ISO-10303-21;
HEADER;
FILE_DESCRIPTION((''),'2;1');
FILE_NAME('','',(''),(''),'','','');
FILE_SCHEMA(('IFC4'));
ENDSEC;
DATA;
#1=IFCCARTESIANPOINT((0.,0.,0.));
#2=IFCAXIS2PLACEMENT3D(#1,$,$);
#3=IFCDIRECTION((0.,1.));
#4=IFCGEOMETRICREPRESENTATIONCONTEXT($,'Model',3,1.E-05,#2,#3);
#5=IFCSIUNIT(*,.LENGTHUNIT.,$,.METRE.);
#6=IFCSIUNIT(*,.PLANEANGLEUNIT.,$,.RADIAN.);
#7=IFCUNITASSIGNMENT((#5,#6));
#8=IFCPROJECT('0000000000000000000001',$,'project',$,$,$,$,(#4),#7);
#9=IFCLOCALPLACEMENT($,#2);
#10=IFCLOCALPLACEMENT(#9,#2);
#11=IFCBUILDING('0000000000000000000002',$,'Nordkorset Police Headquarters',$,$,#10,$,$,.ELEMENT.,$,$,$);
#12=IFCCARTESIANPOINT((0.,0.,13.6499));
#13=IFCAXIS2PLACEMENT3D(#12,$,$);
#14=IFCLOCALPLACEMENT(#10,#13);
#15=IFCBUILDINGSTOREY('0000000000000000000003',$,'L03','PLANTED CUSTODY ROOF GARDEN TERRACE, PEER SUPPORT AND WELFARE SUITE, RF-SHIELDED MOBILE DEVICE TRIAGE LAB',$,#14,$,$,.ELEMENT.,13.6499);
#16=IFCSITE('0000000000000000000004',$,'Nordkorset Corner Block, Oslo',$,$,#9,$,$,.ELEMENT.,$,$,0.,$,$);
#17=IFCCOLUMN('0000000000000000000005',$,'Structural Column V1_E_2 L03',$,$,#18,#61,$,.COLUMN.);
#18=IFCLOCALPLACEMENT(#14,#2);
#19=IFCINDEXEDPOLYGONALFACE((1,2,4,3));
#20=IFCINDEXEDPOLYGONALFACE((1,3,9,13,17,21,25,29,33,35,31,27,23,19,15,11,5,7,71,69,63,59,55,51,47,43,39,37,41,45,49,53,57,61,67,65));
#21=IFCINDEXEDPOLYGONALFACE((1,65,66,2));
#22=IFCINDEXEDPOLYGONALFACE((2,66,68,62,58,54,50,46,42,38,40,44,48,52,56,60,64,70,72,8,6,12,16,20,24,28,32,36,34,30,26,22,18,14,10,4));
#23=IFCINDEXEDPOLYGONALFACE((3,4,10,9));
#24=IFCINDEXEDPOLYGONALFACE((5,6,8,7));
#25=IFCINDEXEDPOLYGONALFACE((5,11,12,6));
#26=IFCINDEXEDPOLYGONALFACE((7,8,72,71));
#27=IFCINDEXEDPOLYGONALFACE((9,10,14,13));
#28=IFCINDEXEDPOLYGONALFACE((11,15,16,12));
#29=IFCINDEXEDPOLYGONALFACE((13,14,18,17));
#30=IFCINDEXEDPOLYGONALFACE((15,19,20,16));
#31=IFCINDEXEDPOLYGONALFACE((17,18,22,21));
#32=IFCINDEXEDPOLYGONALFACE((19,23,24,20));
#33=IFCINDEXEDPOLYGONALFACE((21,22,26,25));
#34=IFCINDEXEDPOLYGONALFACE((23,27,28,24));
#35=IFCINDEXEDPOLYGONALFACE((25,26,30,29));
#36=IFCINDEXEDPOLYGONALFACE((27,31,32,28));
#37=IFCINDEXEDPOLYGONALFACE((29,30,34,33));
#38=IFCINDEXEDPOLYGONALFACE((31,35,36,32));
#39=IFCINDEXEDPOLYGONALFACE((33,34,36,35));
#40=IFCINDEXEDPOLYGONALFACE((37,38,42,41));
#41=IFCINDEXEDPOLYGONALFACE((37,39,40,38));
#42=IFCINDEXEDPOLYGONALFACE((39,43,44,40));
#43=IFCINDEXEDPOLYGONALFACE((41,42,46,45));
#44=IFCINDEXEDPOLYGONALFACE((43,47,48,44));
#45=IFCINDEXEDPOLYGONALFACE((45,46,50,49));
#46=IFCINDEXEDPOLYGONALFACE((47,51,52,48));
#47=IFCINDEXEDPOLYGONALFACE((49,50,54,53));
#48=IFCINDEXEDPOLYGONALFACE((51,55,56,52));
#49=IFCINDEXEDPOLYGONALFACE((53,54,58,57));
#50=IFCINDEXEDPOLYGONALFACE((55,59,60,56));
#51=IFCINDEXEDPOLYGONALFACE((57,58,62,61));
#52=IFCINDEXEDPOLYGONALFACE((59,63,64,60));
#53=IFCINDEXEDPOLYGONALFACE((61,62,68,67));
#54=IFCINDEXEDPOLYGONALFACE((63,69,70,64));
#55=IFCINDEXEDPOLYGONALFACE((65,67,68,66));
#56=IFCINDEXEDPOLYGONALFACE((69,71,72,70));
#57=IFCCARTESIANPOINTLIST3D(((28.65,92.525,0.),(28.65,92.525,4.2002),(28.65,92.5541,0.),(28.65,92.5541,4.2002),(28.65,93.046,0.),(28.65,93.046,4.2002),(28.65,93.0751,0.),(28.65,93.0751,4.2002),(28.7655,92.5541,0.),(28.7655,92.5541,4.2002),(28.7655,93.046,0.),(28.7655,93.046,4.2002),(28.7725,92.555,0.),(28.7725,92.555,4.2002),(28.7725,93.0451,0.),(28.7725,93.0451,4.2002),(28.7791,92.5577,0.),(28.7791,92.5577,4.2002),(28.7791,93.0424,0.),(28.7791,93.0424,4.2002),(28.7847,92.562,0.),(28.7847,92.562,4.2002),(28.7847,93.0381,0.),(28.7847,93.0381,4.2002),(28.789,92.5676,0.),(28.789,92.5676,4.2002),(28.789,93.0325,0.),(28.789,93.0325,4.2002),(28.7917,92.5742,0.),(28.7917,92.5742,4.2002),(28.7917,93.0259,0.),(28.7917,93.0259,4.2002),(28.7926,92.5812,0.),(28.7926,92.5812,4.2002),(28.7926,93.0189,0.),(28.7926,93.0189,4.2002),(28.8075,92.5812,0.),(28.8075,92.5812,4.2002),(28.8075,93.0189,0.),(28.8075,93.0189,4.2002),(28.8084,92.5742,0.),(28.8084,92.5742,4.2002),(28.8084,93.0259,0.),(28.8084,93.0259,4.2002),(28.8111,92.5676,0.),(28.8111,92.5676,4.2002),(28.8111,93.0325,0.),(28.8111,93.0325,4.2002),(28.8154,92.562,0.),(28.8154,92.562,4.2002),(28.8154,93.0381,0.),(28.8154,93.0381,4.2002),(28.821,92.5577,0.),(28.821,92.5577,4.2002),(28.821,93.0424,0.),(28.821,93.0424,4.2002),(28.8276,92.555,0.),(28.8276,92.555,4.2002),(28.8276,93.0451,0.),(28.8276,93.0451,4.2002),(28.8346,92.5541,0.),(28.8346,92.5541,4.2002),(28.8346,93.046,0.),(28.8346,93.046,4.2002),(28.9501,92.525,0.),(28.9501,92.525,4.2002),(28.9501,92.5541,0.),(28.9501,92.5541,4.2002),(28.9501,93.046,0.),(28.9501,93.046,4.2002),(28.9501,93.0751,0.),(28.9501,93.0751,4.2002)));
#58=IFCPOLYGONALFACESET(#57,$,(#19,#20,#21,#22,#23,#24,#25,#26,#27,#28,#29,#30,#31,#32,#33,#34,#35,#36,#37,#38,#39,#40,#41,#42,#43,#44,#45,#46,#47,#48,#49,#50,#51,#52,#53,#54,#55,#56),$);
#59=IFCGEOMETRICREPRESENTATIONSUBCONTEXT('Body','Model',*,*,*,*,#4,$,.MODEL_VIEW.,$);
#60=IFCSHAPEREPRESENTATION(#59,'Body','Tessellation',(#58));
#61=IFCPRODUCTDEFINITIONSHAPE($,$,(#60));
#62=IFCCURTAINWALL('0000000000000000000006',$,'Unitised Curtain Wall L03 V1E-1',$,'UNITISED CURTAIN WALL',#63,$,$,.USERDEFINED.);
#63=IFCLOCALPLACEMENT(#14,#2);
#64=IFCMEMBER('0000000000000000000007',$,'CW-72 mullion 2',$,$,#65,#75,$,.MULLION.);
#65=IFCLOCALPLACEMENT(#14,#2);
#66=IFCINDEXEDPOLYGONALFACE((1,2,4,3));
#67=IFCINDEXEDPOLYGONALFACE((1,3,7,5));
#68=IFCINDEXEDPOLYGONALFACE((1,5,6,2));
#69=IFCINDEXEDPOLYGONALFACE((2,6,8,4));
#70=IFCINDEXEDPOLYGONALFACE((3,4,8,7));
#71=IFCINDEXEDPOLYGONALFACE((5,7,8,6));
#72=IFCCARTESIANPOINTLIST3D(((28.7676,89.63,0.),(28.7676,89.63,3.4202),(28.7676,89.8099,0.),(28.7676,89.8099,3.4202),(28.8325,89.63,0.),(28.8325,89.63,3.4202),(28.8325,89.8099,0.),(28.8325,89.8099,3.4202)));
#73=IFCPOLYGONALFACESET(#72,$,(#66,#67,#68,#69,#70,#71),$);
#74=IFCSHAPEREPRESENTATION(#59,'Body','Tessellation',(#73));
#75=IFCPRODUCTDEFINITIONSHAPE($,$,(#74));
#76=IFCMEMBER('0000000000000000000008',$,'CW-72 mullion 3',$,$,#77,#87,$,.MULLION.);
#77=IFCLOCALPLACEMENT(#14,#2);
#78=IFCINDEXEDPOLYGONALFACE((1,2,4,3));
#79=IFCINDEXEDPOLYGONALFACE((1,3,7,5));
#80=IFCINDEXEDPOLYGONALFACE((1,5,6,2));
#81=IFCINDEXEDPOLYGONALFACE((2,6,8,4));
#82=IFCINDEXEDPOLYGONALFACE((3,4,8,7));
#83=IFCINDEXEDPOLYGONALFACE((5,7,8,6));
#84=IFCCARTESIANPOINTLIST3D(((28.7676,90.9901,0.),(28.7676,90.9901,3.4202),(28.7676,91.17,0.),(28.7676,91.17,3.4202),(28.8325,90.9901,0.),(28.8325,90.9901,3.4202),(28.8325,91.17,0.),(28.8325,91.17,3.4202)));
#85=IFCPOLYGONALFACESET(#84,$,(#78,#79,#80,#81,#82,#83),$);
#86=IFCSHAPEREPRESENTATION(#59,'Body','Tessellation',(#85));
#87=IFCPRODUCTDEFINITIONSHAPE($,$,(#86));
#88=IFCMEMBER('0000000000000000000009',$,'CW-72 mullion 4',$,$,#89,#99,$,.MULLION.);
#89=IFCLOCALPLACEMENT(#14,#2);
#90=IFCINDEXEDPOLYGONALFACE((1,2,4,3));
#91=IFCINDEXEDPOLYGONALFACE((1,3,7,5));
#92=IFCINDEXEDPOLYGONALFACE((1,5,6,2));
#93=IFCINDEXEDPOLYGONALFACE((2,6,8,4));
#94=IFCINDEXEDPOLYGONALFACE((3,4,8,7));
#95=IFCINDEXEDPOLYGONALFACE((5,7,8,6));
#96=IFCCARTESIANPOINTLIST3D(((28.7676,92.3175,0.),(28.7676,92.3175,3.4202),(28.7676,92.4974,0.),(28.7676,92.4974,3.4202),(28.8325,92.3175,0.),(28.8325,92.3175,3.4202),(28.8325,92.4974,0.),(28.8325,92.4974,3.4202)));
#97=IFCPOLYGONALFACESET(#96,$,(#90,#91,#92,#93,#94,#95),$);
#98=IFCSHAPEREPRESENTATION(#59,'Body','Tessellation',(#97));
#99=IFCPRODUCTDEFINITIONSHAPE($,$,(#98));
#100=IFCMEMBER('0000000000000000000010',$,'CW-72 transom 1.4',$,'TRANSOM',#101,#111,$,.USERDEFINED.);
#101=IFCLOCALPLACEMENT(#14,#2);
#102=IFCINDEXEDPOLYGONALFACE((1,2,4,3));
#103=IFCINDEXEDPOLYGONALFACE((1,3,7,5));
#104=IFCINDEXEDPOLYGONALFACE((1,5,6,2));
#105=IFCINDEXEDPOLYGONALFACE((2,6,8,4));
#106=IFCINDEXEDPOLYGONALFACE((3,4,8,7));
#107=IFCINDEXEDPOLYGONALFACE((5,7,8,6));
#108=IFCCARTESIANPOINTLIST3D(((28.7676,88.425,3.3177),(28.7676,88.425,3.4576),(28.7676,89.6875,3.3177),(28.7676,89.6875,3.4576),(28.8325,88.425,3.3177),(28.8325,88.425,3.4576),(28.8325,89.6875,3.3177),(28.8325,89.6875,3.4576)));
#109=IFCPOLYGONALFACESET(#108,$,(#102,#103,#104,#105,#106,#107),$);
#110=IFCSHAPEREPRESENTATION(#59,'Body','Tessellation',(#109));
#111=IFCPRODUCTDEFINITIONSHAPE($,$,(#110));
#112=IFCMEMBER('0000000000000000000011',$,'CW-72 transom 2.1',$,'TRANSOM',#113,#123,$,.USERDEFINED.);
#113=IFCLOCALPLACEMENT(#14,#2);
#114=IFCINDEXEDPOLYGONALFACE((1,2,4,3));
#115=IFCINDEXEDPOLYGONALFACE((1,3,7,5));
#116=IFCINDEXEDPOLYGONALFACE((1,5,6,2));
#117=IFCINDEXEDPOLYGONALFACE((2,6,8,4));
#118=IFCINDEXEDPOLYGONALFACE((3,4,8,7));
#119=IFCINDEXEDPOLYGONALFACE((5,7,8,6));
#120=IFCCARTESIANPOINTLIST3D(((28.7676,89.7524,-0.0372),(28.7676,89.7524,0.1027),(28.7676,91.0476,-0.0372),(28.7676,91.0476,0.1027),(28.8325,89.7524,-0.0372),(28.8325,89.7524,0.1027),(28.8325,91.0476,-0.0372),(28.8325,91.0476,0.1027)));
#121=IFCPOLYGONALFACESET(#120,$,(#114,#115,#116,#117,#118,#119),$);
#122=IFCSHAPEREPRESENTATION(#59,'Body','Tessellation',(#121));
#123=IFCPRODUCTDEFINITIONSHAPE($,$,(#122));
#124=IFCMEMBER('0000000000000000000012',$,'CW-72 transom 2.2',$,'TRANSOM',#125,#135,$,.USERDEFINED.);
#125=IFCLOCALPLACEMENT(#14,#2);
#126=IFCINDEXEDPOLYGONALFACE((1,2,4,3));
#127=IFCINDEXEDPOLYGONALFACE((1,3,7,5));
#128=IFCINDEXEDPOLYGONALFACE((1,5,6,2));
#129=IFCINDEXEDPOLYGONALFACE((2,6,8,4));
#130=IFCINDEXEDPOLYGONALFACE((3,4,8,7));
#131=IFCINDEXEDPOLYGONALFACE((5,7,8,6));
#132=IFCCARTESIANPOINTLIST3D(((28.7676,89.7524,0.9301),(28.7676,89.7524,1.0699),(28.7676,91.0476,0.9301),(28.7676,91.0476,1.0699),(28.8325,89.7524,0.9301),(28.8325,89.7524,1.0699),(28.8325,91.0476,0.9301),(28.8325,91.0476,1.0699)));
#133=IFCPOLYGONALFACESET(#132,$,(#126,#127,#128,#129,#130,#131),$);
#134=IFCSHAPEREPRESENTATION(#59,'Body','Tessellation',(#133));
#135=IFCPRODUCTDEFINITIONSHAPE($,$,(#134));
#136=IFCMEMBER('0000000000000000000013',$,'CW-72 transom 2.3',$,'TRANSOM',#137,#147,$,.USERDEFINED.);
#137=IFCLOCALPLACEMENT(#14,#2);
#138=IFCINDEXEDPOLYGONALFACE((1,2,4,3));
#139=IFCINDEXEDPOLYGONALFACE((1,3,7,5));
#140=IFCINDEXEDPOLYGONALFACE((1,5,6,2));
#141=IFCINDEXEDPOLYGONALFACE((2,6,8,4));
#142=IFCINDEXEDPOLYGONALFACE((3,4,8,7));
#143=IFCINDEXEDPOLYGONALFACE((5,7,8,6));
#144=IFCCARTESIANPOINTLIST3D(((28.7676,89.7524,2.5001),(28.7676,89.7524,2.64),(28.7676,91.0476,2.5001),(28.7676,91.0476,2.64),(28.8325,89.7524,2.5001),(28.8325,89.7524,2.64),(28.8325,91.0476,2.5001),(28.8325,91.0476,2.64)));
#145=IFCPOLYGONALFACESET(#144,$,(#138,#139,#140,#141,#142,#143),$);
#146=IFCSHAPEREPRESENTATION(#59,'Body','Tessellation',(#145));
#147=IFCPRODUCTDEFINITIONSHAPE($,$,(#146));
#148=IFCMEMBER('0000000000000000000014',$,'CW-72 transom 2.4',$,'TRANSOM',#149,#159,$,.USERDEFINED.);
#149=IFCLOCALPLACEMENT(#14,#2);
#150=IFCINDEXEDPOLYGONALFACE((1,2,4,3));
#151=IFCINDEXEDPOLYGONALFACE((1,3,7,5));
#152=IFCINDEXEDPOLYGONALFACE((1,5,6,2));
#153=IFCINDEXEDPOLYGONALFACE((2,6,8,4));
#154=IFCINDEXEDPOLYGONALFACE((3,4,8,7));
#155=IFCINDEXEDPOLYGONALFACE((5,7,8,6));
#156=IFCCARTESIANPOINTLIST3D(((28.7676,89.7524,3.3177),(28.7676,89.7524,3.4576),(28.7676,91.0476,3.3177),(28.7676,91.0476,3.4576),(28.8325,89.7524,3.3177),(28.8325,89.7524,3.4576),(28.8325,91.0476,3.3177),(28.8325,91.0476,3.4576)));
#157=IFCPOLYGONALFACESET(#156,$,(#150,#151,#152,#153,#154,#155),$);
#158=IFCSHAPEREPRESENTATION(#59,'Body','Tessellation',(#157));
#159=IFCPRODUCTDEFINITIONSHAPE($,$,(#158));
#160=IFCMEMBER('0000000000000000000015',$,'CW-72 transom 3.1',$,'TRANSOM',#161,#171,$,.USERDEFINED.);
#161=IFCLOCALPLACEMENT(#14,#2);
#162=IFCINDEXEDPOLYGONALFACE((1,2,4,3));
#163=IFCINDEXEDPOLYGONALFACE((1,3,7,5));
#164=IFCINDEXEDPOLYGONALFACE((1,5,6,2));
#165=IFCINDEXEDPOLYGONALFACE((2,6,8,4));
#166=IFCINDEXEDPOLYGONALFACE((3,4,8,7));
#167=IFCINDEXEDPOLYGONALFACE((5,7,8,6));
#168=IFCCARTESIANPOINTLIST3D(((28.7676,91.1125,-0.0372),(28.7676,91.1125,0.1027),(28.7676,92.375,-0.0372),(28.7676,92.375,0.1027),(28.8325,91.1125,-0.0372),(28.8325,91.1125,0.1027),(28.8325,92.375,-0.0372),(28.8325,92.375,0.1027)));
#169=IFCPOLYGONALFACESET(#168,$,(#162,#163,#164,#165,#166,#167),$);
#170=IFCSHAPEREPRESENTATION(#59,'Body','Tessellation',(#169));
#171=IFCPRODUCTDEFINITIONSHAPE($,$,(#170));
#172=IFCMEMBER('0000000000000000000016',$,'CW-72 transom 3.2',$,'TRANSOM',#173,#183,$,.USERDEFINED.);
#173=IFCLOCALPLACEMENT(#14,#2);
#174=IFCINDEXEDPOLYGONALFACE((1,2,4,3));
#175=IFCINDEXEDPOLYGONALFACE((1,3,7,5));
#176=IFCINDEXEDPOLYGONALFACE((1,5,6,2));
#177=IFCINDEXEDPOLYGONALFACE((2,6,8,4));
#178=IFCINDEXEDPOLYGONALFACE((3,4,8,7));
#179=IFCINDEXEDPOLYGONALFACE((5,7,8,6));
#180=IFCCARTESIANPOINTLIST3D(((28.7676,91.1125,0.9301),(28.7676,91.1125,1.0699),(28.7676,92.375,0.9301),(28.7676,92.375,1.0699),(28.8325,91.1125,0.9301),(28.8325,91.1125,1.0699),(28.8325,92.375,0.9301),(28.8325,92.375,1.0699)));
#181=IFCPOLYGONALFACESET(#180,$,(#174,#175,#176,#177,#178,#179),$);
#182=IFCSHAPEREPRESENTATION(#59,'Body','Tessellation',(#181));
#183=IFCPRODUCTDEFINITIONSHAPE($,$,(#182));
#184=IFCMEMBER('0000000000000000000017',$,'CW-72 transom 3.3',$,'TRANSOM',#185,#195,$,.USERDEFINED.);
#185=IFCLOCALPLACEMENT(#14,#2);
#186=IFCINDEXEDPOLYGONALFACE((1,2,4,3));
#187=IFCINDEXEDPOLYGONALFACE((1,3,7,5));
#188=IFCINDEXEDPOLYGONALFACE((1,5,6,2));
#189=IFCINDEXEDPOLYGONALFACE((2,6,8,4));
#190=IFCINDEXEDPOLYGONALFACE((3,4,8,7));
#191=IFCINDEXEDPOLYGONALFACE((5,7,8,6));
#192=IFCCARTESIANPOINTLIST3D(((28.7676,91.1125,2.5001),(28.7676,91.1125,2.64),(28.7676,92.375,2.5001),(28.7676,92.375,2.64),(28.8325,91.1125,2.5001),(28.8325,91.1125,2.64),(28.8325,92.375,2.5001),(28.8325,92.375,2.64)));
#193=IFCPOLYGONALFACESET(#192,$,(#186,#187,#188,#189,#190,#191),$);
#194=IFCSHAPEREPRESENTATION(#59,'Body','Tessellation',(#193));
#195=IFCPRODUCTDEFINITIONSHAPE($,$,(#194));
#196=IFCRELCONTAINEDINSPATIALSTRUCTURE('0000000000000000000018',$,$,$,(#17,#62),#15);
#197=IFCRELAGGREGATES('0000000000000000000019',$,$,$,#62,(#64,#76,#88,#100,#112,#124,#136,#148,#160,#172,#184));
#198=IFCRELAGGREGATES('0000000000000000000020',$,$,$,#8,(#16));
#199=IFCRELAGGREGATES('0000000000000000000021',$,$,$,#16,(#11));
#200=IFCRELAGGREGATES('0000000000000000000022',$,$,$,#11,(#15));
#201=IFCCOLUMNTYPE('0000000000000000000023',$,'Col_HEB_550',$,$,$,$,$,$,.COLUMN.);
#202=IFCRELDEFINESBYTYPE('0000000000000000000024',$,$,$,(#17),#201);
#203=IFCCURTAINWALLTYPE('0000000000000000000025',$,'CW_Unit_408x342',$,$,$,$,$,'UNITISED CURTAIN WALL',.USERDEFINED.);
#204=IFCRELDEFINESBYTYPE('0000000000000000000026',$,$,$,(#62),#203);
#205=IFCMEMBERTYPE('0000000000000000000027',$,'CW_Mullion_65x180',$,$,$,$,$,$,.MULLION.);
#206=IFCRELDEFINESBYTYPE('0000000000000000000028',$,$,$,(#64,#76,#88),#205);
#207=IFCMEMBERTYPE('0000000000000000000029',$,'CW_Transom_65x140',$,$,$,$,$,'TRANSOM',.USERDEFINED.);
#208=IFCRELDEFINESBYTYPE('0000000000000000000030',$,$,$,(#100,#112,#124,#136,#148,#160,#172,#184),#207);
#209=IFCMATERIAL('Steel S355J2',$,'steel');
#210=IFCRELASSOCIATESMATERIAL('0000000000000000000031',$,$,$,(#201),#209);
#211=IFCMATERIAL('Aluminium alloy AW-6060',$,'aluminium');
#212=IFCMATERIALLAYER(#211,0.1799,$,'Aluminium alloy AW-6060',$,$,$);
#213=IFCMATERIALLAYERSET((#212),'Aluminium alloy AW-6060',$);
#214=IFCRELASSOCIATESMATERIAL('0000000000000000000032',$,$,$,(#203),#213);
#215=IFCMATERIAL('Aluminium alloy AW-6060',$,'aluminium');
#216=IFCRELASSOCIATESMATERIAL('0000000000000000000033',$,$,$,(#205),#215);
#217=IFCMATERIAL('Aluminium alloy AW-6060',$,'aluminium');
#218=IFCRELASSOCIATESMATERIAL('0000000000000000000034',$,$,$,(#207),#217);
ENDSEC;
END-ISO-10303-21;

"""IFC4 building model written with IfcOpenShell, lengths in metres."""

from ifc_helpers import new_model, si_unit, direction, frame, origin, origin_2d, place, context, subcontext, project, spatial, rectangle, i_section, extrude, material, layer, layer_set, material_profile, profile_set, type_object, element, aggregate, save


model = new_model("IFC4")

# Units and contexts
model_context = context("Model", 3, precision=1e-05, world=origin(), true_north=direction((0.0, 1.0)))
body_context = subcontext(model_context, "Body", "Model", "MODEL_VIEW")
ifc_project = project(units=[si_unit("LENGTHUNIT", "METRE"), si_unit("PLANEANGLEUNIT", "RADIAN")], contexts=[model_context])

# Site, building, storey
site_placement = place(None, origin())
site = spatial("IfcSite", under=ifc_project, at=site_placement, Name="Nordkorset Corner Block, Oslo", CompositionType="ELEMENT", RefElevation=0.0)
building_placement = place(site_placement, origin())
building = spatial("IfcBuilding", under=site, at=building_placement, Name="Nordkorset Police Headquarters", CompositionType="ELEMENT")
storey_placement = place(building_placement, frame((0.0, 0.0, 13.6499)))
storey = spatial("IfcBuildingStorey", under=building, at=storey_placement, Name="L03", Description="PLANTED CUSTODY ROOF GARDEN TERRACE, PEER SUPPORT AND WELFARE SUITE, RF-SHIELDED MOBILE DEVICE TRIAGE LAB", CompositionType="ELEMENT", Elevation=13.6499)

# Column
ifc_material_1 = material(Name="Steel S355J2", Category="steel")
ifc_material_profile_1 = material_profile(ifc_material_1, i_section(OverallWidth=0.3, OverallDepth=0.55, WebThickness=0.0149, FlangeThickness=0.0291, FilletRadius=0.0271, at=origin_2d()), Name="HEB 550")
ifc_profile_set_1 = profile_set([ifc_material_profile_1], Name="Steel S355J2")
column_type = type_object("IfcColumnType", Name="Col_HEB_550", PredefinedType="COLUMN", material=ifc_profile_set_1)
column_placement = place(storey_placement, frame((28.8, 92.8, 0.0), z_axis=(0.0, 0.0, 1.0), x_axis=(1.0, 0.0, 0.0)))
element("IfcColumn", 1, at=column_placement, inside=storey, type_object=column_type, Name="Structural Column V1_E_2 L03", PredefinedType="COLUMN", context=body_context, shape_type="SweptSolid", body=[
    extrude(i_section(OverallWidth=0.3, OverallDepth=0.55, WebThickness=0.0149, FlangeThickness=0.0291, FilletRadius=0.0271, at=origin_2d()), origin(), (0.0, 0.0, 1.0), 4.2002),
])

# Curtain wall, members
ifc_material_2 = material(Name="Aluminium alloy AW-6060", Category="aluminium")
ifc_layer_1 = layer(ifc_material_2, 0.1799, Name="Aluminium alloy AW-6060")
ifc_layer_set_1 = layer_set([ifc_layer_1], Name="Aluminium alloy AW-6060")
curtain_wall_type = type_object("IfcCurtainWallType", Name="CW_Unit_408x342", ElementType="UNITISED CURTAIN WALL", PredefinedType="USERDEFINED", material=ifc_layer_set_1)
curtain_wall_placement = place(storey_placement, origin())
curtain_wall = element("IfcCurtainWall", 2, at=curtain_wall_placement, inside=storey, type_object=curtain_wall_type, Name="Unitised Curtain Wall L03 V1E-1", ObjectType="UNITISED CURTAIN WALL", PredefinedType="USERDEFINED")
ifc_material_3 = material(Name="Aluminium alloy AW-6060", Category="aluminium")
ifc_material_profile_2 = material_profile(ifc_material_3, rectangle(XDim=0.0649, YDim=0.1799, at=origin_2d()), Name="ALU MULL 65x180")
ifc_profile_set_2 = profile_set([ifc_material_profile_2], Name="Aluminium alloy AW-6060")
member_type_1 = type_object("IfcMemberType", Name="CW_Mullion_65x180", PredefinedType="MULLION", material=ifc_profile_set_2)
member_1_placement = place(storey_placement, frame((28.8, 89.72, 0.0), z_axis=(0.0, 0.0, 1.0), x_axis=(-1.0, 0.0, 0.0)))
member_1 = element("IfcMember", 3, at=member_1_placement, type_object=member_type_1, Name="CW-72 mullion 2", PredefinedType="MULLION", context=body_context, shape_type="SweptSolid", body=[
    extrude(rectangle(XDim=0.0649, YDim=0.1799, at=origin_2d()), origin(), (0.0, 0.0, 1.0), 3.4202),
])
member_2_placement = place(storey_placement, frame((28.8, 91.0801, 0.0), z_axis=(0.0, 0.0, 1.0), x_axis=(-1.0, 0.0, 0.0)))
member_2 = element("IfcMember", 4, at=member_2_placement, type_object=member_type_1, Name="CW-72 mullion 3", PredefinedType="MULLION", context=body_context, shape_type="SweptSolid", body=[
    extrude(rectangle(XDim=0.0649, YDim=0.1799, at=origin_2d()), origin(), (0.0, 0.0, 1.0), 3.4202),
])
member_3_placement = place(storey_placement, frame((28.8, 92.4075, 0.0), z_axis=(0.0, 0.0, 1.0), x_axis=(-1.0, 0.0, 0.0)))
member_3 = element("IfcMember", 5, at=member_3_placement, type_object=member_type_1, Name="CW-72 mullion 4", PredefinedType="MULLION", context=body_context, shape_type="SweptSolid", body=[
    extrude(rectangle(XDim=0.0649, YDim=0.1799, at=origin_2d()), origin(), (0.0, 0.0, 1.0), 3.4202),
])
ifc_material_4 = material(Name="Aluminium alloy AW-6060", Category="aluminium")
ifc_material_profile_3 = material_profile(ifc_material_4, rectangle(XDim=0.0649, YDim=0.1399, at=origin_2d()), Name="ALU TRAN 65x140")
ifc_profile_set_3 = profile_set([ifc_material_profile_3], Name="Aluminium alloy AW-6060")
member_type_2 = type_object("IfcMemberType", Name="CW_Transom_65x140", ElementType="TRANSOM", PredefinedType="USERDEFINED", material=ifc_profile_set_3)
member_4_placement = place(storey_placement, frame((28.8, 88.425, 3.3877), z_axis=(0.0, 1.0, 0.0), x_axis=(-1.0, 0.0, 0.0)))
member_4 = element("IfcMember", 6, at=member_4_placement, type_object=member_type_2, Name="CW-72 transom 1.4", ObjectType="TRANSOM", PredefinedType="USERDEFINED", context=body_context, shape_type="SweptSolid", body=[
    extrude(rectangle(XDim=0.0649, YDim=0.1399, at=origin_2d()), origin(), (0.0, 0.0, 1.0), 1.2625),
])
member_5_placement = place(storey_placement, frame((28.8, 89.7524, 0.0327), z_axis=(0.0, 1.0, 0.0), x_axis=(-1.0, 0.0, 0.0)))
member_5 = element("IfcMember", 7, at=member_5_placement, type_object=member_type_2, Name="CW-72 transom 2.1", ObjectType="TRANSOM", PredefinedType="USERDEFINED", context=body_context, shape_type="SweptSolid", body=[
    extrude(rectangle(XDim=0.0649, YDim=0.1399, at=origin_2d()), origin(), (0.0, 0.0, 1.0), 1.2952),
])
member_6_placement = place(storey_placement, frame((28.8, 89.7524, 1.0), z_axis=(0.0, 1.0, 0.0), x_axis=(-1.0, 0.0, 0.0)))
member_6 = element("IfcMember", 8, at=member_6_placement, type_object=member_type_2, Name="CW-72 transom 2.2", ObjectType="TRANSOM", PredefinedType="USERDEFINED", context=body_context, shape_type="SweptSolid", body=[
    extrude(rectangle(XDim=0.0649, YDim=0.1399, at=origin_2d()), origin(), (0.0, 0.0, 1.0), 1.2952),
])
member_7_placement = place(storey_placement, frame((28.8, 89.7524, 2.5701), z_axis=(0.0, 1.0, 0.0), x_axis=(-1.0, 0.0, 0.0)))
member_7 = element("IfcMember", 9, at=member_7_placement, type_object=member_type_2, Name="CW-72 transom 2.3", ObjectType="TRANSOM", PredefinedType="USERDEFINED", context=body_context, shape_type="SweptSolid", body=[
    extrude(rectangle(XDim=0.0649, YDim=0.1399, at=origin_2d()), origin(), (0.0, 0.0, 1.0), 1.2952),
])
member_8_placement = place(storey_placement, frame((28.8, 89.7524, 3.3877), z_axis=(0.0, 1.0, 0.0), x_axis=(-1.0, 0.0, 0.0)))
member_8 = element("IfcMember", 10, at=member_8_placement, type_object=member_type_2, Name="CW-72 transom 2.4", ObjectType="TRANSOM", PredefinedType="USERDEFINED", context=body_context, shape_type="SweptSolid", body=[
    extrude(rectangle(XDim=0.0649, YDim=0.1399, at=origin_2d()), origin(), (0.0, 0.0, 1.0), 1.2952),
])
member_9_placement = place(storey_placement, frame((28.8, 91.1125, 0.0327), z_axis=(0.0, 1.0, 0.0), x_axis=(-1.0, 0.0, 0.0)))
member_9 = element("IfcMember", 11, at=member_9_placement, type_object=member_type_2, Name="CW-72 transom 3.1", ObjectType="TRANSOM", PredefinedType="USERDEFINED", context=body_context, shape_type="SweptSolid", body=[
    extrude(rectangle(XDim=0.0649, YDim=0.1399, at=origin_2d()), origin(), (0.0, 0.0, 1.0), 1.2625),
])
member_10_placement = place(storey_placement, frame((28.8, 91.1125, 1.0), z_axis=(0.0, 1.0, 0.0), x_axis=(-1.0, 0.0, 0.0)))
member_10 = element("IfcMember", 12, at=member_10_placement, type_object=member_type_2, Name="CW-72 transom 3.2", ObjectType="TRANSOM", PredefinedType="USERDEFINED", context=body_context, shape_type="SweptSolid", body=[
    extrude(rectangle(XDim=0.0649, YDim=0.1399, at=origin_2d()), origin(), (0.0, 0.0, 1.0), 1.2625),
])
member_11_placement = place(storey_placement, frame((28.8, 91.1125, 2.5701), z_axis=(0.0, 1.0, 0.0), x_axis=(-1.0, 0.0, 0.0)))
member_11 = element("IfcMember", 13, at=member_11_placement, type_object=member_type_2, Name="CW-72 transom 3.3", ObjectType="TRANSOM", PredefinedType="USERDEFINED", context=body_context, shape_type="SweptSolid", body=[
    extrude(rectangle(XDim=0.0649, YDim=0.1399, at=origin_2d()), origin(), (0.0, 0.0, 1.0), 1.2625),
])
aggregate(curtain_wall, [member_1, member_2, member_3, member_4, member_5, member_6, member_7, member_8, member_9, member_10, member_11])

save(model, "model.ifc")
